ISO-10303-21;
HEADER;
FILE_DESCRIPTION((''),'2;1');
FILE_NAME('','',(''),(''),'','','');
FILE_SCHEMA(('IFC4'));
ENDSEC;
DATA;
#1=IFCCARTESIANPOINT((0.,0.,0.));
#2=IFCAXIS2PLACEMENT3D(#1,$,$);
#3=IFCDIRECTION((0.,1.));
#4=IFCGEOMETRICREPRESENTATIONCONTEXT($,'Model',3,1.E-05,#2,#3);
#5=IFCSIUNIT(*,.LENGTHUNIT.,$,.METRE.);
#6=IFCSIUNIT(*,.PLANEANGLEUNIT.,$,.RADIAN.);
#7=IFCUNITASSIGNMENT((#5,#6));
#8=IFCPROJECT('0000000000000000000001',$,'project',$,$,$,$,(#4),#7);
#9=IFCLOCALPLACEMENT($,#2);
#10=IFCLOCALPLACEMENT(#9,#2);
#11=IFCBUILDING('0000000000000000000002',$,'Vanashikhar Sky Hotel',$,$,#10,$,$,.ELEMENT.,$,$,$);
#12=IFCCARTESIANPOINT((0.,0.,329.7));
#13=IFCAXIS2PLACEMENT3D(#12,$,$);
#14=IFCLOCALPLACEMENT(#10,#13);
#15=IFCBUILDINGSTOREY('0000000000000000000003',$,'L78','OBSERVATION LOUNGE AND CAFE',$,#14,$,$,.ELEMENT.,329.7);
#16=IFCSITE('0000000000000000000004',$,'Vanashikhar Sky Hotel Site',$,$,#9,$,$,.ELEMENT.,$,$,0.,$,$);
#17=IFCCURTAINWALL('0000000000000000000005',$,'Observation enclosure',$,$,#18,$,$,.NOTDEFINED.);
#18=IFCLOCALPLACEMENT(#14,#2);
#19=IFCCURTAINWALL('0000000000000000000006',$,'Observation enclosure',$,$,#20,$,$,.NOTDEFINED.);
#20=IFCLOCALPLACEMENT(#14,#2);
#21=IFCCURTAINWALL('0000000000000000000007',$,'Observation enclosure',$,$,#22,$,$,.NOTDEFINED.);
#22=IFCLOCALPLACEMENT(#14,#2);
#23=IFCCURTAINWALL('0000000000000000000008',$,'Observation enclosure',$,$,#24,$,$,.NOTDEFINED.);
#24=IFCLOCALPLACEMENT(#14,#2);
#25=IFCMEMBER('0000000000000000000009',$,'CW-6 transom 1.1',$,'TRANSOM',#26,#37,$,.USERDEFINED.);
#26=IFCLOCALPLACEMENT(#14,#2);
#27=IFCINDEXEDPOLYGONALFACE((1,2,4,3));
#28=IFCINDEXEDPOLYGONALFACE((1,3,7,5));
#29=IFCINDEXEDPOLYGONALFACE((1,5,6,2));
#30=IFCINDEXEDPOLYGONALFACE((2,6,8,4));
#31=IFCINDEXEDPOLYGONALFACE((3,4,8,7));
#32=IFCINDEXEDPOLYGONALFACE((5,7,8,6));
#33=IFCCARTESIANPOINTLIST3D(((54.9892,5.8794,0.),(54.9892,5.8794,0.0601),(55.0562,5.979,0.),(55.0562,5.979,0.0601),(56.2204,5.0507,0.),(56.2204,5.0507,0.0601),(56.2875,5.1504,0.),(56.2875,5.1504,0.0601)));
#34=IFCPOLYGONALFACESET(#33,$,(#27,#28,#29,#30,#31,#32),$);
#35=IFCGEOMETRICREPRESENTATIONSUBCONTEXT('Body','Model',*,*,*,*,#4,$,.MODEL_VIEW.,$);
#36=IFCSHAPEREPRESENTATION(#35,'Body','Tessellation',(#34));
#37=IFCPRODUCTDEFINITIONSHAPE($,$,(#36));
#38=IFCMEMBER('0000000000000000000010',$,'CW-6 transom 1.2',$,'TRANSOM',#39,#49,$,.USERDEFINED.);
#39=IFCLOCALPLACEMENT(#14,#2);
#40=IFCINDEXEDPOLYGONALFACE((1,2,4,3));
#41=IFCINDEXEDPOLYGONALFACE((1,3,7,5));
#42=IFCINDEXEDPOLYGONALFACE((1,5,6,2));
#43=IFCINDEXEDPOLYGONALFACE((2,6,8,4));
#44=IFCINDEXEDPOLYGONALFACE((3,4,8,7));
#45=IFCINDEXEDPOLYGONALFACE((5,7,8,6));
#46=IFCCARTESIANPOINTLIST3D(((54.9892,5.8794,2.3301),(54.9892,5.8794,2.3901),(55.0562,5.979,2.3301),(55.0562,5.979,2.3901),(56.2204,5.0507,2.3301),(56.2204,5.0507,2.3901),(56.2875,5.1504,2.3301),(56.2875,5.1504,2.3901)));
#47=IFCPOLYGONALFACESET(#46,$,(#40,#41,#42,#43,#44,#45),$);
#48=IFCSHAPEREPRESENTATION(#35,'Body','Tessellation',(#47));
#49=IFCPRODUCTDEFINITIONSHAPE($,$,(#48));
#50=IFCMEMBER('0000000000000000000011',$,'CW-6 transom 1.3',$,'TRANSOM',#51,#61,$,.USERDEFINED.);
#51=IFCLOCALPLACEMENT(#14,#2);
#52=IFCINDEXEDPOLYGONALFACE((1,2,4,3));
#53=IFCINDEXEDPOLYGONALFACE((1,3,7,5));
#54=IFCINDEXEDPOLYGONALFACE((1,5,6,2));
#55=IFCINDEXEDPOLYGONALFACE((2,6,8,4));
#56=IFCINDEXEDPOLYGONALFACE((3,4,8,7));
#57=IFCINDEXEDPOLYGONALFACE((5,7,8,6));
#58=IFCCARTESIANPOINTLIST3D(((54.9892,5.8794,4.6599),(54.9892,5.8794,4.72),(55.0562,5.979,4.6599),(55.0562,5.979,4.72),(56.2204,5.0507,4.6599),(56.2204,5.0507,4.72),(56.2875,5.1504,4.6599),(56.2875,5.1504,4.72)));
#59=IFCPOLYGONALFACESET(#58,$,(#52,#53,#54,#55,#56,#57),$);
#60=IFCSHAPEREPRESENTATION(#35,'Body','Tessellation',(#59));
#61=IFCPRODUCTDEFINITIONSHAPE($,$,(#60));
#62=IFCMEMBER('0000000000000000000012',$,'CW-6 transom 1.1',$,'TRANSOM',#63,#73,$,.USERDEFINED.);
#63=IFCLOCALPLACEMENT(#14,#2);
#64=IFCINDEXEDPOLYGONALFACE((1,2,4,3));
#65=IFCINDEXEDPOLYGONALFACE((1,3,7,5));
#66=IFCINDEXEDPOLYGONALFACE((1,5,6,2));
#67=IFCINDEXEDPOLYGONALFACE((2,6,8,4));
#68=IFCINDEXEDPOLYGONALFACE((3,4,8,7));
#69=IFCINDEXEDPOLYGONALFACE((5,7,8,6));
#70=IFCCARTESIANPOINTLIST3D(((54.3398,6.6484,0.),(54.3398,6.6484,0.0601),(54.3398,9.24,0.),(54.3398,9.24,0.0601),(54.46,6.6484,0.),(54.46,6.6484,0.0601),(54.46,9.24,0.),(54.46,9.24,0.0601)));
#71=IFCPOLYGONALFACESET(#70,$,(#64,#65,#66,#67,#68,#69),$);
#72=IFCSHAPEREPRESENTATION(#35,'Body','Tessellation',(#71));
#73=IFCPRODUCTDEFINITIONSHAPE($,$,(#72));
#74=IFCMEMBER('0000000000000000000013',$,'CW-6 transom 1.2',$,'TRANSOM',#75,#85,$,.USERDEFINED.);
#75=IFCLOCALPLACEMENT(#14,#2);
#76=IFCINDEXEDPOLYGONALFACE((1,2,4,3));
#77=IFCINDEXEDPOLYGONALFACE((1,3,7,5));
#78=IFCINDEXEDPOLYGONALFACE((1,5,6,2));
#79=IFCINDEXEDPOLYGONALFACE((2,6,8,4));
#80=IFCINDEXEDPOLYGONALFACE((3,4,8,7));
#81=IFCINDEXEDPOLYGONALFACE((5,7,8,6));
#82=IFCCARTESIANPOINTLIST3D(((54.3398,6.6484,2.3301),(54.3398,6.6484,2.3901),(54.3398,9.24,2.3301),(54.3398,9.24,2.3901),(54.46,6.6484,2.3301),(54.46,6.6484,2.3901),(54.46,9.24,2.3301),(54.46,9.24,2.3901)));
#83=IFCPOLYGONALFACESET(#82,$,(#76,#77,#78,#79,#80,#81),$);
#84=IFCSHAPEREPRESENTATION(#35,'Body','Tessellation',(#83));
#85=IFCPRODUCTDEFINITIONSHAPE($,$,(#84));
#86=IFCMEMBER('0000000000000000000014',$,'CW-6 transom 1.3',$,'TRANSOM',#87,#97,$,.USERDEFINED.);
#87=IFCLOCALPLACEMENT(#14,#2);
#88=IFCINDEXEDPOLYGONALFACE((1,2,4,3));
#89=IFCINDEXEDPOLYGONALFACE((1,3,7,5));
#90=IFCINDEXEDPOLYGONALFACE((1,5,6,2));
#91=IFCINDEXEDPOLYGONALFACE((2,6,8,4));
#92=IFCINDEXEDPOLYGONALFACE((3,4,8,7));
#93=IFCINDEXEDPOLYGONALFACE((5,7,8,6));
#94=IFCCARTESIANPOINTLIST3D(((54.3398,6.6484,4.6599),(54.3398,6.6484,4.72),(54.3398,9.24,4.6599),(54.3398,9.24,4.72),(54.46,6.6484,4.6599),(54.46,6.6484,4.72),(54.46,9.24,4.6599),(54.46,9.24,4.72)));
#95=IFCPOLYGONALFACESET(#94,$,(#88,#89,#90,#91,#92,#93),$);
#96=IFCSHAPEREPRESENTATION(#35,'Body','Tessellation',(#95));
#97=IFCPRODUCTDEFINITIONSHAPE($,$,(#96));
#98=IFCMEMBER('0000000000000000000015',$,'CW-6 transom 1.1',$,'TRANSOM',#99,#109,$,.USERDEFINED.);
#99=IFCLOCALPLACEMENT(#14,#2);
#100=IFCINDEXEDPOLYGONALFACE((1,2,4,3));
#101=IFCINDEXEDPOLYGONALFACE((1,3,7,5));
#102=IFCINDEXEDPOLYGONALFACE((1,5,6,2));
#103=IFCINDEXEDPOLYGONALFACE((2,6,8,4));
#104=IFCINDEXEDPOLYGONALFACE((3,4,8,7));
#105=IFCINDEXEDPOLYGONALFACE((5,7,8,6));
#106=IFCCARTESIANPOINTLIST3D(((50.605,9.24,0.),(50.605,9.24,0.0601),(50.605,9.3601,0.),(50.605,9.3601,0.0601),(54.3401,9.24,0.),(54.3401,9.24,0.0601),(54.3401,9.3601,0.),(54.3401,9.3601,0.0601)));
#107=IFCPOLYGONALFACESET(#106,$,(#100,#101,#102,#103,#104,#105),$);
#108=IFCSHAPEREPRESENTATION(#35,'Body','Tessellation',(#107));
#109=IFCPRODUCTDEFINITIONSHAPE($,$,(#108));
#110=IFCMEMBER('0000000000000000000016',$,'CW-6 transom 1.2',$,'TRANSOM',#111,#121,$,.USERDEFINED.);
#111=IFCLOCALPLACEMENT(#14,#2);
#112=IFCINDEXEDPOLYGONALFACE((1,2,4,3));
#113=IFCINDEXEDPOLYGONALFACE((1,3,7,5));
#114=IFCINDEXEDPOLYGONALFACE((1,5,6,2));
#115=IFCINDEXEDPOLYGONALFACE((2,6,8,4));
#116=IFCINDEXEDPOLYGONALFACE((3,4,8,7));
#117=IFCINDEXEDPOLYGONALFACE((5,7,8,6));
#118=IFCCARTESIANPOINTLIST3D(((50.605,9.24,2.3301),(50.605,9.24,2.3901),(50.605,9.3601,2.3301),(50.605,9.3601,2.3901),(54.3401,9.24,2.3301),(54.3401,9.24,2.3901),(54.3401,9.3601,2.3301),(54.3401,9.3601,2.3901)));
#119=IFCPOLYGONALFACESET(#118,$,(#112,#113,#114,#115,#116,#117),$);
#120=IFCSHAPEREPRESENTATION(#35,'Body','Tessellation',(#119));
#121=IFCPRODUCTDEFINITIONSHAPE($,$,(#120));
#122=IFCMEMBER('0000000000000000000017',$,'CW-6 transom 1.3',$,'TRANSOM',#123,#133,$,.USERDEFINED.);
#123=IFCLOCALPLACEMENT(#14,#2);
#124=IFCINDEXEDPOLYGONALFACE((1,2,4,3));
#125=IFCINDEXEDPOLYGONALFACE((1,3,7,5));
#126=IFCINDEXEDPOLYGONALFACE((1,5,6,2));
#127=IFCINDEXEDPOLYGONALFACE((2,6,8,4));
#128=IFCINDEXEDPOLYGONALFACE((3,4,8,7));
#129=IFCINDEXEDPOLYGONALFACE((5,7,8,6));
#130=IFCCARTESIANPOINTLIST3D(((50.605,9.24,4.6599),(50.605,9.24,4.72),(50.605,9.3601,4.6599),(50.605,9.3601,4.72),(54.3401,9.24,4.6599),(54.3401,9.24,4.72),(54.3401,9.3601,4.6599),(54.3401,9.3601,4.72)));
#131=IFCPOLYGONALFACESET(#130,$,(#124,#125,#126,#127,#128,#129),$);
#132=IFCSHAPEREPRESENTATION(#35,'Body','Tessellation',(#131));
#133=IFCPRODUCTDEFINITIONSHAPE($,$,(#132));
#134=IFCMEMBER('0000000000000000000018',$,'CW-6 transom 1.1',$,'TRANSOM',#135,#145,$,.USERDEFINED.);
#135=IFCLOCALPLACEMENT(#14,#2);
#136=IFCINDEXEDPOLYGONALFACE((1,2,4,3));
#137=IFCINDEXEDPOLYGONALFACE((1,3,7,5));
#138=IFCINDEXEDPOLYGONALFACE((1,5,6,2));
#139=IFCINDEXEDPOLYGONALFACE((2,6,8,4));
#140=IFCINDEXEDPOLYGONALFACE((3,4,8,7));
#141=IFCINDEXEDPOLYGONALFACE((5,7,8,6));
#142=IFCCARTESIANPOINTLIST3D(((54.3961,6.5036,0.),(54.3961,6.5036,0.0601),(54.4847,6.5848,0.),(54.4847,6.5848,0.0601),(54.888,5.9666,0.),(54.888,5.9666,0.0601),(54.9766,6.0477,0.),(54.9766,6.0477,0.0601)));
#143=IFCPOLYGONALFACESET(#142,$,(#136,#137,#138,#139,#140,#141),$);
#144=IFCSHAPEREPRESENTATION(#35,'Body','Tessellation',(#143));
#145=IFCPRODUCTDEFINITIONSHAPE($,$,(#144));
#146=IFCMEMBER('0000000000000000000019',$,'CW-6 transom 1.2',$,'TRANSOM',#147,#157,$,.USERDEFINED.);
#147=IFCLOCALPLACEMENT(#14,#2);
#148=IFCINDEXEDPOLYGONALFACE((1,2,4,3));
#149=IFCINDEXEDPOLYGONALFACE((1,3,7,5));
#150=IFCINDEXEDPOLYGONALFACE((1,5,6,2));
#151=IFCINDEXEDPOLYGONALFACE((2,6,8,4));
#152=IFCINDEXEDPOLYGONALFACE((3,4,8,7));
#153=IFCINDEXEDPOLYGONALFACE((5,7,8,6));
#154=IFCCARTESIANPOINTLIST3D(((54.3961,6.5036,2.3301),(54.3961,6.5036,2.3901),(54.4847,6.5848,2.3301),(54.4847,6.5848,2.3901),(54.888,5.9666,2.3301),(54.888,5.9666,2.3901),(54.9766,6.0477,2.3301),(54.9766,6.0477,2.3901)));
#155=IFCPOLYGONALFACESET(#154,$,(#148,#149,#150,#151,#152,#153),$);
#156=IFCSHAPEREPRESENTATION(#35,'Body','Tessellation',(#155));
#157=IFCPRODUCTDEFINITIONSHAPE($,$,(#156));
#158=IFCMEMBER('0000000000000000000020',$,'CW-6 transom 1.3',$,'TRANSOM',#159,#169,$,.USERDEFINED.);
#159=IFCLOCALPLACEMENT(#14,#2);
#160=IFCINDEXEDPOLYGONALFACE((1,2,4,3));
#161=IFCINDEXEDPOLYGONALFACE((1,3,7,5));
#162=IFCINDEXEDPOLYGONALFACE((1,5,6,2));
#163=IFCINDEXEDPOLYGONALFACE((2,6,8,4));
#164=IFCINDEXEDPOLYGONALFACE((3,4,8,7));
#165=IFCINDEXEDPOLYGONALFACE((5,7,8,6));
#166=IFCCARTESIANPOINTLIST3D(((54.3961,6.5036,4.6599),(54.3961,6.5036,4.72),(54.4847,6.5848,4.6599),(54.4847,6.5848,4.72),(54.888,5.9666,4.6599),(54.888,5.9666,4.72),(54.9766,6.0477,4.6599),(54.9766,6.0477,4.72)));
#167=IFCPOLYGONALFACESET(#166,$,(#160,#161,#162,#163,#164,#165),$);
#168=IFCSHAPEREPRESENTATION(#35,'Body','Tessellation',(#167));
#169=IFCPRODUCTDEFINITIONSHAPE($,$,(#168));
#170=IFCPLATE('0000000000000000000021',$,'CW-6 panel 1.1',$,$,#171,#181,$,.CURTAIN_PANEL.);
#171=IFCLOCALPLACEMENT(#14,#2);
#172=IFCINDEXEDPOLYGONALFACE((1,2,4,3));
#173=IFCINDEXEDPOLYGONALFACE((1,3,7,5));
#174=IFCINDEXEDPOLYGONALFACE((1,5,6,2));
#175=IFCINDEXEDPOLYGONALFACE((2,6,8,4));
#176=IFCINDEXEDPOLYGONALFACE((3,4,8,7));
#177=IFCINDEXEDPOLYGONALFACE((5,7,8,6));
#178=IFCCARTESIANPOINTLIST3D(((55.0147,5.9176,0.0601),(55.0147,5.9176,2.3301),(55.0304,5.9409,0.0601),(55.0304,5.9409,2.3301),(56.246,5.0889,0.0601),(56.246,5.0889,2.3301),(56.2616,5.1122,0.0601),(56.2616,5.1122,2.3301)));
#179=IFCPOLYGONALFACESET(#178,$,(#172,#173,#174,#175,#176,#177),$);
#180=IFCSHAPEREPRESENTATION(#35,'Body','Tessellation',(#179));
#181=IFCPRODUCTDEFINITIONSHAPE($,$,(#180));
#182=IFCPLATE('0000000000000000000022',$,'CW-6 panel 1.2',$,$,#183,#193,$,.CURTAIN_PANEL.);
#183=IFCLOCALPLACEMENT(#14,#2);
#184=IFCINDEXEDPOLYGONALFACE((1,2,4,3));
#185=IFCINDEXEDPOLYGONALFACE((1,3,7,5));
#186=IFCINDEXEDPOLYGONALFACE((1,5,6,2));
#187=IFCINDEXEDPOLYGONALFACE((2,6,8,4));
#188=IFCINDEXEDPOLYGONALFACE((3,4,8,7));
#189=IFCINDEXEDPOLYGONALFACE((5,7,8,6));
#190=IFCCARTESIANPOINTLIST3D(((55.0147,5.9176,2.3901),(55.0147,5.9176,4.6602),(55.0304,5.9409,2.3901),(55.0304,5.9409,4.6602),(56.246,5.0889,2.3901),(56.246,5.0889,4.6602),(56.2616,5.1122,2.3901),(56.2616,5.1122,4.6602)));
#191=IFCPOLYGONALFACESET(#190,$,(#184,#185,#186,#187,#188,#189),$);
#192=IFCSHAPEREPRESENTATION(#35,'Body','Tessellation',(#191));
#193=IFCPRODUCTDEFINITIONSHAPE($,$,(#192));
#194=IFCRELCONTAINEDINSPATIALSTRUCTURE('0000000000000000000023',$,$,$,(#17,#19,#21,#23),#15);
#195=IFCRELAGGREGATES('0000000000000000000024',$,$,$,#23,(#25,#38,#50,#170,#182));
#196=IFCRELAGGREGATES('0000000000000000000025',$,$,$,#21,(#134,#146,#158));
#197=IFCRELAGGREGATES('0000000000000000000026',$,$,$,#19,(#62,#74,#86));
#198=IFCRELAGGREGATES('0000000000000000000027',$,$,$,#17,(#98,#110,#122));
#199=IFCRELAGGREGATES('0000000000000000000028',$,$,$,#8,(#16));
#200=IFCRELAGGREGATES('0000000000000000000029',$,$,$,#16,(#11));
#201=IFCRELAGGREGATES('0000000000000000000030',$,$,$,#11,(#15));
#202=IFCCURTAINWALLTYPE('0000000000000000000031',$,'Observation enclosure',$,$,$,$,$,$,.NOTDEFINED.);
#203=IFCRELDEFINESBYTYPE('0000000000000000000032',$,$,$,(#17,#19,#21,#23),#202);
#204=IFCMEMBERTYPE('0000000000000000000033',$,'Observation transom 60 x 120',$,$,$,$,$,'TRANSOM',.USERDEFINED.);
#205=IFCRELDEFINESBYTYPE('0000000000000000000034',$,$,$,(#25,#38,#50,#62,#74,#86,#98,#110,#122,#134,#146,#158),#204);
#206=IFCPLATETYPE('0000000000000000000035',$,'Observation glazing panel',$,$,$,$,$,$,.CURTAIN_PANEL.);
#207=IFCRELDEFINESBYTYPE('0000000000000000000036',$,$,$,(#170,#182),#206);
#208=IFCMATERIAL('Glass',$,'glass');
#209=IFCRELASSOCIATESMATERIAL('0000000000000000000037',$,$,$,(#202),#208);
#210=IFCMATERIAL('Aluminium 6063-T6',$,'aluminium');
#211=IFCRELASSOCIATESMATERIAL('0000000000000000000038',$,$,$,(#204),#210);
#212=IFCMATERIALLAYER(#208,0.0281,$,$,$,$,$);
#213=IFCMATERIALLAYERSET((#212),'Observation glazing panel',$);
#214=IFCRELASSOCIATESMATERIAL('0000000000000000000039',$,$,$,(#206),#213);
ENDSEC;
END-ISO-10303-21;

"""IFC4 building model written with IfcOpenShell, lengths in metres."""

from ifc_helpers import new_model, si_unit, direction, frame, origin, origin_2d, place, context, subcontext, project, spatial, rectangle, extrude, source, transform, mapped, material, layer, layer_set, material_profile, profile_set, type_object, element, aggregate, save


model = new_model("IFC4")

# Units and contexts
model_context = context("Model", 3, precision=1e-05, world=origin(), true_north=direction((0.0, 1.0)))
body_context = subcontext(model_context, "Body", "Model", "MODEL_VIEW")
ifc_project = project(units=[si_unit("LENGTHUNIT", "METRE"), si_unit("PLANEANGLEUNIT", "RADIAN")], contexts=[model_context])

# Site, building, storey
site_placement = place(None, origin())
site = spatial("IfcSite", under=ifc_project, at=site_placement, Name="Vanashikhar Sky Hotel Site", CompositionType="ELEMENT", RefElevation=0.0)
building_placement = place(site_placement, origin())
building = spatial("IfcBuilding", under=site, at=building_placement, Name="Vanashikhar Sky Hotel", CompositionType="ELEMENT")
storey_placement = place(building_placement, frame((0.0, 0.0, 329.7)))
storey = spatial("IfcBuildingStorey", under=building, at=storey_placement, Name="L78", Description="OBSERVATION LOUNGE AND CAFE", CompositionType="ELEMENT", Elevation=329.7)

# Curtain walls, members
ifc_material_1 = material(Name="Glass", Category="glass")
curtain_wall_type = type_object("IfcCurtainWallType", Name="Observation enclosure", PredefinedType="NOTDEFINED", material=ifc_material_1)
curtain_wall_1_placement = place(storey_placement, origin())
curtain_wall_1 = element("IfcCurtainWall", 1, at=curtain_wall_1_placement, inside=storey, type_object=curtain_wall_type, Name="Observation enclosure", PredefinedType="NOTDEFINED")
ifc_material_2 = material(Name="Aluminium 6063-T6", Category="aluminium")
curtain_wall_2_placement = place(storey_placement, origin())
curtain_wall_2 = element("IfcCurtainWall", 2, at=curtain_wall_2_placement, inside=storey, type_object=curtain_wall_type, Name="Observation enclosure", PredefinedType="NOTDEFINED")
curtain_wall_3_placement = place(storey_placement, origin())
curtain_wall_3 = element("IfcCurtainWall", 3, at=curtain_wall_3_placement, inside=storey, type_object=curtain_wall_type, Name="Observation enclosure", PredefinedType="NOTDEFINED")
curtain_wall_4_placement = place(storey_placement, origin())
curtain_wall_4 = element("IfcCurtainWall", 4, at=curtain_wall_4_placement, inside=storey, type_object=curtain_wall_type, Name="Observation enclosure", PredefinedType="NOTDEFINED")
ifc_material_profile_1 = material_profile(ifc_material_2, rectangle(XDim=0.1201, YDim=0.0601, at=origin_2d()))
ifc_profile_set_1 = profile_set([ifc_material_profile_1], Name="Aluminium 6063-T6")
member_type_1 = type_object("IfcMemberType", Name="Observation transom 60 x 120", ElementType="TRANSOM", PredefinedType="USERDEFINED", material=ifc_profile_set_1)
shared_shape_1 = source(origin(), body_context, "Body", "SweptSolid", [
    extrude(rectangle(XDim=0.1201, YDim=0.0601, at=origin_2d()), origin(), (0.0, 0.0, 1.0), 1.4841),
])
member_1_placement = place(storey_placement, frame((55.0227, 5.9292, 0.03), z_axis=(0.829613, -0.558339, 0.0), x_axis=(0.558339, 0.829613, 0.0)))
member_1 = element("IfcMember", 5, at=member_1_placement, type_object=member_type_1, Name="CW-6 transom 1.1", ObjectType="TRANSOM", PredefinedType="USERDEFINED", context=body_context, shape_type="MappedRepresentation", body=[
    mapped(shared_shape_1, transform((0.0, 0.0, 0.0), scale=1.0)),
])
member_2_placement = place(storey_placement, frame((55.0227, 5.9292, 2.3601), z_axis=(0.829613, -0.558339, 0.0), x_axis=(0.558339, 0.829613, 0.0)))
member_2 = element("IfcMember", 6, at=member_2_placement, type_object=member_type_1, Name="CW-6 transom 1.2", ObjectType="TRANSOM", PredefinedType="USERDEFINED", context=body_context, shape_type="MappedRepresentation", body=[
    mapped(shared_shape_1, transform((0.0, 0.0, 0.0), scale=1.0)),
])
member_3_placement = place(storey_placement, frame((55.0227, 5.9292, 4.6899), z_axis=(0.829613, -0.558339, 0.0), x_axis=(0.558339, 0.829613, 0.0)))
member_3 = element("IfcMember", 7, at=member_3_placement, type_object=member_type_1, Name="CW-6 transom 1.3", ObjectType="TRANSOM", PredefinedType="USERDEFINED", context=body_context, shape_type="MappedRepresentation", body=[
    mapped(shared_shape_1, transform((0.0, 0.0, 0.0), scale=1.0)),
])

# Members
shared_shape_2 = source(origin(), body_context, "Body", "SweptSolid", [
    extrude(rectangle(XDim=0.1201, YDim=0.0601, at=origin_2d()), origin(), (0.0, 0.0, 1.0), 2.5916),
])
member_4_placement = place(storey_placement, frame((54.3999, 9.24, 0.03), z_axis=(0.0, -1.0, 0.0), x_axis=(1.0, 0.0, 0.0)))
member_4 = element("IfcMember", 8, at=member_4_placement, type_object=member_type_1, Name="CW-6 transom 1.1", ObjectType="TRANSOM", PredefinedType="USERDEFINED", context=body_context, shape_type="MappedRepresentation", body=[
    mapped(shared_shape_2, transform((0.0, 0.0, 0.0), scale=1.0)),
])
member_5_placement = place(storey_placement, frame((54.3999, 9.24, 2.3601), z_axis=(0.0, -1.0, 0.0), x_axis=(1.0, 0.0, 0.0)))
member_5 = element("IfcMember", 9, at=member_5_placement, type_object=member_type_1, Name="CW-6 transom 1.2", ObjectType="TRANSOM", PredefinedType="USERDEFINED", context=body_context, shape_type="MappedRepresentation", body=[
    mapped(shared_shape_2, transform((0.0, 0.0, 0.0), scale=1.0)),
])
member_6_placement = place(storey_placement, frame((54.3999, 9.24, 4.6899), z_axis=(0.0, -1.0, 0.0), x_axis=(1.0, 0.0, 0.0)))
member_6 = element("IfcMember", 10, at=member_6_placement, type_object=member_type_1, Name="CW-6 transom 1.3", ObjectType="TRANSOM", PredefinedType="USERDEFINED", context=body_context, shape_type="MappedRepresentation", body=[
    mapped(shared_shape_2, transform((0.0, 0.0, 0.0), scale=1.0)),
])
shared_shape_3 = source(origin(), body_context, "Body", "SweptSolid", [
    extrude(rectangle(XDim=0.1201, YDim=0.0601, at=origin_2d()), origin(), (0.0, 0.0, 1.0), 3.7351),
])
member_7_placement = place(storey_placement, frame((50.605, 9.3, 0.03), z_axis=(1.0, 0.0, 0.0), x_axis=(0.0, 1.0, 0.0)))
member_7 = element("IfcMember", 11, at=member_7_placement, type_object=member_type_1, Name="CW-6 transom 1.1", ObjectType="TRANSOM", PredefinedType="USERDEFINED", context=body_context, shape_type="MappedRepresentation", body=[
    mapped(shared_shape_3, transform((0.0, 0.0, 0.0), scale=1.0)),
])
member_8_placement = place(storey_placement, frame((50.605, 9.3, 2.3601), z_axis=(1.0, 0.0, 0.0), x_axis=(0.0, 1.0, 0.0)))
member_8 = element("IfcMember", 12, at=member_8_placement, type_object=member_type_1, Name="CW-6 transom 1.2", ObjectType="TRANSOM", PredefinedType="USERDEFINED", context=body_context, shape_type="MappedRepresentation", body=[
    mapped(shared_shape_3, transform((0.0, 0.0, 0.0), scale=1.0)),
])
member_9_placement = place(storey_placement, frame((50.605, 9.3, 4.6899), z_axis=(1.0, 0.0, 0.0), x_axis=(0.0, 1.0, 0.0)))
member_9 = element("IfcMember", 13, at=member_9_placement, type_object=member_type_1, Name="CW-6 transom 1.3", ObjectType="TRANSOM", PredefinedType="USERDEFINED", context=body_context, shape_type="MappedRepresentation", body=[
    mapped(shared_shape_3, transform((0.0, 0.0, 0.0), scale=1.0)),
])
shared_shape_4 = source(origin(), body_context, "Body", "SweptSolid", [
    extrude(rectangle(XDim=0.1201, YDim=0.0601, at=origin_2d()), origin(), (0.0, 0.0, 1.0), 0.7283),
])
member_10_placement = place(storey_placement, frame((54.4404, 6.5442, 0.03), z_axis=(0.675421, -0.737432, 0.0), x_axis=(0.737432, 0.675421, 0.0)))
member_10 = element("IfcMember", 14, at=member_10_placement, type_object=member_type_1, Name="CW-6 transom 1.1", ObjectType="TRANSOM", PredefinedType="USERDEFINED", context=body_context, shape_type="MappedRepresentation", body=[
    mapped(shared_shape_4, transform((0.0, 0.0, 0.0), scale=1.0)),
])
member_11_placement = place(storey_placement, frame((54.4404, 6.5442, 2.3601), z_axis=(0.675421, -0.737432, 0.0), x_axis=(0.737432, 0.675421, 0.0)))
member_11 = element("IfcMember", 15, at=member_11_placement, type_object=member_type_1, Name="CW-6 transom 1.2", ObjectType="TRANSOM", PredefinedType="USERDEFINED", context=body_context, shape_type="MappedRepresentation", body=[
    mapped(shared_shape_4, transform((0.0, 0.0, 0.0), scale=1.0)),
])
member_12_placement = place(storey_placement, frame((54.4404, 6.5442, 4.6899), z_axis=(0.675421, -0.737432, 0.0), x_axis=(0.737432, 0.675421, 0.0)))
member_12 = element("IfcMember", 16, at=member_12_placement, type_object=member_type_1, Name="CW-6 transom 1.3", ObjectType="TRANSOM", PredefinedType="USERDEFINED", context=body_context, shape_type="MappedRepresentation", body=[
    mapped(shared_shape_4, transform((0.0, 0.0, 0.0), scale=1.0)),
])

# Plates
ifc_layer_1 = layer(ifc_material_1, 0.0281)
ifc_layer_set_1 = layer_set([ifc_layer_1], Name="Observation glazing panel")
plate_type_1 = type_object("IfcPlateType", Name="Observation glazing panel", PredefinedType="CURTAIN_PANEL", material=ifc_layer_set_1)
shared_shape_5 = source(origin(), body_context, "Body", "SweptSolid", [
    extrude(rectangle(XDim=1.4841, YDim=0.0281, at=origin_2d()), origin(), (0.0, 0.0, 1.0), 2.27),
])
plate_1_placement = place(storey_placement, frame((55.6382, 5.5149, 0.0601), z_axis=(0.0, 0.0, 1.0), x_axis=(0.829597, -0.558363, 0.0)))
plate_1 = element("IfcPlate", 17, at=plate_1_placement, type_object=plate_type_1, Name="CW-6 panel 1.1", PredefinedType="CURTAIN_PANEL", context=body_context, shape_type="MappedRepresentation", body=[
    mapped(shared_shape_5, transform((0.0, 0.0, 0.0), scale=1.0)),
])
plate_2_placement = place(storey_placement, frame((55.6382, 5.5149, 2.3901), z_axis=(0.0, 0.0, 1.0), x_axis=(0.829597, -0.558363, 0.0)))
plate_2 = element("IfcPlate", 18, at=plate_2_placement, type_object=plate_type_1, Name="CW-6 panel 1.2", PredefinedType="CURTAIN_PANEL", context=body_context, shape_type="MappedRepresentation", body=[
    mapped(shared_shape_5, transform((0.0, 0.0, 0.0), scale=1.0)),
])
aggregate(curtain_wall_4, [member_1, member_2, member_3, plate_1, plate_2])
aggregate(curtain_wall_3, [member_10, member_11, member_12])
aggregate(curtain_wall_2, [member_4, member_5, member_6])
aggregate(curtain_wall_1, [member_7, member_8, member_9])

save(model, "model.ifc")
